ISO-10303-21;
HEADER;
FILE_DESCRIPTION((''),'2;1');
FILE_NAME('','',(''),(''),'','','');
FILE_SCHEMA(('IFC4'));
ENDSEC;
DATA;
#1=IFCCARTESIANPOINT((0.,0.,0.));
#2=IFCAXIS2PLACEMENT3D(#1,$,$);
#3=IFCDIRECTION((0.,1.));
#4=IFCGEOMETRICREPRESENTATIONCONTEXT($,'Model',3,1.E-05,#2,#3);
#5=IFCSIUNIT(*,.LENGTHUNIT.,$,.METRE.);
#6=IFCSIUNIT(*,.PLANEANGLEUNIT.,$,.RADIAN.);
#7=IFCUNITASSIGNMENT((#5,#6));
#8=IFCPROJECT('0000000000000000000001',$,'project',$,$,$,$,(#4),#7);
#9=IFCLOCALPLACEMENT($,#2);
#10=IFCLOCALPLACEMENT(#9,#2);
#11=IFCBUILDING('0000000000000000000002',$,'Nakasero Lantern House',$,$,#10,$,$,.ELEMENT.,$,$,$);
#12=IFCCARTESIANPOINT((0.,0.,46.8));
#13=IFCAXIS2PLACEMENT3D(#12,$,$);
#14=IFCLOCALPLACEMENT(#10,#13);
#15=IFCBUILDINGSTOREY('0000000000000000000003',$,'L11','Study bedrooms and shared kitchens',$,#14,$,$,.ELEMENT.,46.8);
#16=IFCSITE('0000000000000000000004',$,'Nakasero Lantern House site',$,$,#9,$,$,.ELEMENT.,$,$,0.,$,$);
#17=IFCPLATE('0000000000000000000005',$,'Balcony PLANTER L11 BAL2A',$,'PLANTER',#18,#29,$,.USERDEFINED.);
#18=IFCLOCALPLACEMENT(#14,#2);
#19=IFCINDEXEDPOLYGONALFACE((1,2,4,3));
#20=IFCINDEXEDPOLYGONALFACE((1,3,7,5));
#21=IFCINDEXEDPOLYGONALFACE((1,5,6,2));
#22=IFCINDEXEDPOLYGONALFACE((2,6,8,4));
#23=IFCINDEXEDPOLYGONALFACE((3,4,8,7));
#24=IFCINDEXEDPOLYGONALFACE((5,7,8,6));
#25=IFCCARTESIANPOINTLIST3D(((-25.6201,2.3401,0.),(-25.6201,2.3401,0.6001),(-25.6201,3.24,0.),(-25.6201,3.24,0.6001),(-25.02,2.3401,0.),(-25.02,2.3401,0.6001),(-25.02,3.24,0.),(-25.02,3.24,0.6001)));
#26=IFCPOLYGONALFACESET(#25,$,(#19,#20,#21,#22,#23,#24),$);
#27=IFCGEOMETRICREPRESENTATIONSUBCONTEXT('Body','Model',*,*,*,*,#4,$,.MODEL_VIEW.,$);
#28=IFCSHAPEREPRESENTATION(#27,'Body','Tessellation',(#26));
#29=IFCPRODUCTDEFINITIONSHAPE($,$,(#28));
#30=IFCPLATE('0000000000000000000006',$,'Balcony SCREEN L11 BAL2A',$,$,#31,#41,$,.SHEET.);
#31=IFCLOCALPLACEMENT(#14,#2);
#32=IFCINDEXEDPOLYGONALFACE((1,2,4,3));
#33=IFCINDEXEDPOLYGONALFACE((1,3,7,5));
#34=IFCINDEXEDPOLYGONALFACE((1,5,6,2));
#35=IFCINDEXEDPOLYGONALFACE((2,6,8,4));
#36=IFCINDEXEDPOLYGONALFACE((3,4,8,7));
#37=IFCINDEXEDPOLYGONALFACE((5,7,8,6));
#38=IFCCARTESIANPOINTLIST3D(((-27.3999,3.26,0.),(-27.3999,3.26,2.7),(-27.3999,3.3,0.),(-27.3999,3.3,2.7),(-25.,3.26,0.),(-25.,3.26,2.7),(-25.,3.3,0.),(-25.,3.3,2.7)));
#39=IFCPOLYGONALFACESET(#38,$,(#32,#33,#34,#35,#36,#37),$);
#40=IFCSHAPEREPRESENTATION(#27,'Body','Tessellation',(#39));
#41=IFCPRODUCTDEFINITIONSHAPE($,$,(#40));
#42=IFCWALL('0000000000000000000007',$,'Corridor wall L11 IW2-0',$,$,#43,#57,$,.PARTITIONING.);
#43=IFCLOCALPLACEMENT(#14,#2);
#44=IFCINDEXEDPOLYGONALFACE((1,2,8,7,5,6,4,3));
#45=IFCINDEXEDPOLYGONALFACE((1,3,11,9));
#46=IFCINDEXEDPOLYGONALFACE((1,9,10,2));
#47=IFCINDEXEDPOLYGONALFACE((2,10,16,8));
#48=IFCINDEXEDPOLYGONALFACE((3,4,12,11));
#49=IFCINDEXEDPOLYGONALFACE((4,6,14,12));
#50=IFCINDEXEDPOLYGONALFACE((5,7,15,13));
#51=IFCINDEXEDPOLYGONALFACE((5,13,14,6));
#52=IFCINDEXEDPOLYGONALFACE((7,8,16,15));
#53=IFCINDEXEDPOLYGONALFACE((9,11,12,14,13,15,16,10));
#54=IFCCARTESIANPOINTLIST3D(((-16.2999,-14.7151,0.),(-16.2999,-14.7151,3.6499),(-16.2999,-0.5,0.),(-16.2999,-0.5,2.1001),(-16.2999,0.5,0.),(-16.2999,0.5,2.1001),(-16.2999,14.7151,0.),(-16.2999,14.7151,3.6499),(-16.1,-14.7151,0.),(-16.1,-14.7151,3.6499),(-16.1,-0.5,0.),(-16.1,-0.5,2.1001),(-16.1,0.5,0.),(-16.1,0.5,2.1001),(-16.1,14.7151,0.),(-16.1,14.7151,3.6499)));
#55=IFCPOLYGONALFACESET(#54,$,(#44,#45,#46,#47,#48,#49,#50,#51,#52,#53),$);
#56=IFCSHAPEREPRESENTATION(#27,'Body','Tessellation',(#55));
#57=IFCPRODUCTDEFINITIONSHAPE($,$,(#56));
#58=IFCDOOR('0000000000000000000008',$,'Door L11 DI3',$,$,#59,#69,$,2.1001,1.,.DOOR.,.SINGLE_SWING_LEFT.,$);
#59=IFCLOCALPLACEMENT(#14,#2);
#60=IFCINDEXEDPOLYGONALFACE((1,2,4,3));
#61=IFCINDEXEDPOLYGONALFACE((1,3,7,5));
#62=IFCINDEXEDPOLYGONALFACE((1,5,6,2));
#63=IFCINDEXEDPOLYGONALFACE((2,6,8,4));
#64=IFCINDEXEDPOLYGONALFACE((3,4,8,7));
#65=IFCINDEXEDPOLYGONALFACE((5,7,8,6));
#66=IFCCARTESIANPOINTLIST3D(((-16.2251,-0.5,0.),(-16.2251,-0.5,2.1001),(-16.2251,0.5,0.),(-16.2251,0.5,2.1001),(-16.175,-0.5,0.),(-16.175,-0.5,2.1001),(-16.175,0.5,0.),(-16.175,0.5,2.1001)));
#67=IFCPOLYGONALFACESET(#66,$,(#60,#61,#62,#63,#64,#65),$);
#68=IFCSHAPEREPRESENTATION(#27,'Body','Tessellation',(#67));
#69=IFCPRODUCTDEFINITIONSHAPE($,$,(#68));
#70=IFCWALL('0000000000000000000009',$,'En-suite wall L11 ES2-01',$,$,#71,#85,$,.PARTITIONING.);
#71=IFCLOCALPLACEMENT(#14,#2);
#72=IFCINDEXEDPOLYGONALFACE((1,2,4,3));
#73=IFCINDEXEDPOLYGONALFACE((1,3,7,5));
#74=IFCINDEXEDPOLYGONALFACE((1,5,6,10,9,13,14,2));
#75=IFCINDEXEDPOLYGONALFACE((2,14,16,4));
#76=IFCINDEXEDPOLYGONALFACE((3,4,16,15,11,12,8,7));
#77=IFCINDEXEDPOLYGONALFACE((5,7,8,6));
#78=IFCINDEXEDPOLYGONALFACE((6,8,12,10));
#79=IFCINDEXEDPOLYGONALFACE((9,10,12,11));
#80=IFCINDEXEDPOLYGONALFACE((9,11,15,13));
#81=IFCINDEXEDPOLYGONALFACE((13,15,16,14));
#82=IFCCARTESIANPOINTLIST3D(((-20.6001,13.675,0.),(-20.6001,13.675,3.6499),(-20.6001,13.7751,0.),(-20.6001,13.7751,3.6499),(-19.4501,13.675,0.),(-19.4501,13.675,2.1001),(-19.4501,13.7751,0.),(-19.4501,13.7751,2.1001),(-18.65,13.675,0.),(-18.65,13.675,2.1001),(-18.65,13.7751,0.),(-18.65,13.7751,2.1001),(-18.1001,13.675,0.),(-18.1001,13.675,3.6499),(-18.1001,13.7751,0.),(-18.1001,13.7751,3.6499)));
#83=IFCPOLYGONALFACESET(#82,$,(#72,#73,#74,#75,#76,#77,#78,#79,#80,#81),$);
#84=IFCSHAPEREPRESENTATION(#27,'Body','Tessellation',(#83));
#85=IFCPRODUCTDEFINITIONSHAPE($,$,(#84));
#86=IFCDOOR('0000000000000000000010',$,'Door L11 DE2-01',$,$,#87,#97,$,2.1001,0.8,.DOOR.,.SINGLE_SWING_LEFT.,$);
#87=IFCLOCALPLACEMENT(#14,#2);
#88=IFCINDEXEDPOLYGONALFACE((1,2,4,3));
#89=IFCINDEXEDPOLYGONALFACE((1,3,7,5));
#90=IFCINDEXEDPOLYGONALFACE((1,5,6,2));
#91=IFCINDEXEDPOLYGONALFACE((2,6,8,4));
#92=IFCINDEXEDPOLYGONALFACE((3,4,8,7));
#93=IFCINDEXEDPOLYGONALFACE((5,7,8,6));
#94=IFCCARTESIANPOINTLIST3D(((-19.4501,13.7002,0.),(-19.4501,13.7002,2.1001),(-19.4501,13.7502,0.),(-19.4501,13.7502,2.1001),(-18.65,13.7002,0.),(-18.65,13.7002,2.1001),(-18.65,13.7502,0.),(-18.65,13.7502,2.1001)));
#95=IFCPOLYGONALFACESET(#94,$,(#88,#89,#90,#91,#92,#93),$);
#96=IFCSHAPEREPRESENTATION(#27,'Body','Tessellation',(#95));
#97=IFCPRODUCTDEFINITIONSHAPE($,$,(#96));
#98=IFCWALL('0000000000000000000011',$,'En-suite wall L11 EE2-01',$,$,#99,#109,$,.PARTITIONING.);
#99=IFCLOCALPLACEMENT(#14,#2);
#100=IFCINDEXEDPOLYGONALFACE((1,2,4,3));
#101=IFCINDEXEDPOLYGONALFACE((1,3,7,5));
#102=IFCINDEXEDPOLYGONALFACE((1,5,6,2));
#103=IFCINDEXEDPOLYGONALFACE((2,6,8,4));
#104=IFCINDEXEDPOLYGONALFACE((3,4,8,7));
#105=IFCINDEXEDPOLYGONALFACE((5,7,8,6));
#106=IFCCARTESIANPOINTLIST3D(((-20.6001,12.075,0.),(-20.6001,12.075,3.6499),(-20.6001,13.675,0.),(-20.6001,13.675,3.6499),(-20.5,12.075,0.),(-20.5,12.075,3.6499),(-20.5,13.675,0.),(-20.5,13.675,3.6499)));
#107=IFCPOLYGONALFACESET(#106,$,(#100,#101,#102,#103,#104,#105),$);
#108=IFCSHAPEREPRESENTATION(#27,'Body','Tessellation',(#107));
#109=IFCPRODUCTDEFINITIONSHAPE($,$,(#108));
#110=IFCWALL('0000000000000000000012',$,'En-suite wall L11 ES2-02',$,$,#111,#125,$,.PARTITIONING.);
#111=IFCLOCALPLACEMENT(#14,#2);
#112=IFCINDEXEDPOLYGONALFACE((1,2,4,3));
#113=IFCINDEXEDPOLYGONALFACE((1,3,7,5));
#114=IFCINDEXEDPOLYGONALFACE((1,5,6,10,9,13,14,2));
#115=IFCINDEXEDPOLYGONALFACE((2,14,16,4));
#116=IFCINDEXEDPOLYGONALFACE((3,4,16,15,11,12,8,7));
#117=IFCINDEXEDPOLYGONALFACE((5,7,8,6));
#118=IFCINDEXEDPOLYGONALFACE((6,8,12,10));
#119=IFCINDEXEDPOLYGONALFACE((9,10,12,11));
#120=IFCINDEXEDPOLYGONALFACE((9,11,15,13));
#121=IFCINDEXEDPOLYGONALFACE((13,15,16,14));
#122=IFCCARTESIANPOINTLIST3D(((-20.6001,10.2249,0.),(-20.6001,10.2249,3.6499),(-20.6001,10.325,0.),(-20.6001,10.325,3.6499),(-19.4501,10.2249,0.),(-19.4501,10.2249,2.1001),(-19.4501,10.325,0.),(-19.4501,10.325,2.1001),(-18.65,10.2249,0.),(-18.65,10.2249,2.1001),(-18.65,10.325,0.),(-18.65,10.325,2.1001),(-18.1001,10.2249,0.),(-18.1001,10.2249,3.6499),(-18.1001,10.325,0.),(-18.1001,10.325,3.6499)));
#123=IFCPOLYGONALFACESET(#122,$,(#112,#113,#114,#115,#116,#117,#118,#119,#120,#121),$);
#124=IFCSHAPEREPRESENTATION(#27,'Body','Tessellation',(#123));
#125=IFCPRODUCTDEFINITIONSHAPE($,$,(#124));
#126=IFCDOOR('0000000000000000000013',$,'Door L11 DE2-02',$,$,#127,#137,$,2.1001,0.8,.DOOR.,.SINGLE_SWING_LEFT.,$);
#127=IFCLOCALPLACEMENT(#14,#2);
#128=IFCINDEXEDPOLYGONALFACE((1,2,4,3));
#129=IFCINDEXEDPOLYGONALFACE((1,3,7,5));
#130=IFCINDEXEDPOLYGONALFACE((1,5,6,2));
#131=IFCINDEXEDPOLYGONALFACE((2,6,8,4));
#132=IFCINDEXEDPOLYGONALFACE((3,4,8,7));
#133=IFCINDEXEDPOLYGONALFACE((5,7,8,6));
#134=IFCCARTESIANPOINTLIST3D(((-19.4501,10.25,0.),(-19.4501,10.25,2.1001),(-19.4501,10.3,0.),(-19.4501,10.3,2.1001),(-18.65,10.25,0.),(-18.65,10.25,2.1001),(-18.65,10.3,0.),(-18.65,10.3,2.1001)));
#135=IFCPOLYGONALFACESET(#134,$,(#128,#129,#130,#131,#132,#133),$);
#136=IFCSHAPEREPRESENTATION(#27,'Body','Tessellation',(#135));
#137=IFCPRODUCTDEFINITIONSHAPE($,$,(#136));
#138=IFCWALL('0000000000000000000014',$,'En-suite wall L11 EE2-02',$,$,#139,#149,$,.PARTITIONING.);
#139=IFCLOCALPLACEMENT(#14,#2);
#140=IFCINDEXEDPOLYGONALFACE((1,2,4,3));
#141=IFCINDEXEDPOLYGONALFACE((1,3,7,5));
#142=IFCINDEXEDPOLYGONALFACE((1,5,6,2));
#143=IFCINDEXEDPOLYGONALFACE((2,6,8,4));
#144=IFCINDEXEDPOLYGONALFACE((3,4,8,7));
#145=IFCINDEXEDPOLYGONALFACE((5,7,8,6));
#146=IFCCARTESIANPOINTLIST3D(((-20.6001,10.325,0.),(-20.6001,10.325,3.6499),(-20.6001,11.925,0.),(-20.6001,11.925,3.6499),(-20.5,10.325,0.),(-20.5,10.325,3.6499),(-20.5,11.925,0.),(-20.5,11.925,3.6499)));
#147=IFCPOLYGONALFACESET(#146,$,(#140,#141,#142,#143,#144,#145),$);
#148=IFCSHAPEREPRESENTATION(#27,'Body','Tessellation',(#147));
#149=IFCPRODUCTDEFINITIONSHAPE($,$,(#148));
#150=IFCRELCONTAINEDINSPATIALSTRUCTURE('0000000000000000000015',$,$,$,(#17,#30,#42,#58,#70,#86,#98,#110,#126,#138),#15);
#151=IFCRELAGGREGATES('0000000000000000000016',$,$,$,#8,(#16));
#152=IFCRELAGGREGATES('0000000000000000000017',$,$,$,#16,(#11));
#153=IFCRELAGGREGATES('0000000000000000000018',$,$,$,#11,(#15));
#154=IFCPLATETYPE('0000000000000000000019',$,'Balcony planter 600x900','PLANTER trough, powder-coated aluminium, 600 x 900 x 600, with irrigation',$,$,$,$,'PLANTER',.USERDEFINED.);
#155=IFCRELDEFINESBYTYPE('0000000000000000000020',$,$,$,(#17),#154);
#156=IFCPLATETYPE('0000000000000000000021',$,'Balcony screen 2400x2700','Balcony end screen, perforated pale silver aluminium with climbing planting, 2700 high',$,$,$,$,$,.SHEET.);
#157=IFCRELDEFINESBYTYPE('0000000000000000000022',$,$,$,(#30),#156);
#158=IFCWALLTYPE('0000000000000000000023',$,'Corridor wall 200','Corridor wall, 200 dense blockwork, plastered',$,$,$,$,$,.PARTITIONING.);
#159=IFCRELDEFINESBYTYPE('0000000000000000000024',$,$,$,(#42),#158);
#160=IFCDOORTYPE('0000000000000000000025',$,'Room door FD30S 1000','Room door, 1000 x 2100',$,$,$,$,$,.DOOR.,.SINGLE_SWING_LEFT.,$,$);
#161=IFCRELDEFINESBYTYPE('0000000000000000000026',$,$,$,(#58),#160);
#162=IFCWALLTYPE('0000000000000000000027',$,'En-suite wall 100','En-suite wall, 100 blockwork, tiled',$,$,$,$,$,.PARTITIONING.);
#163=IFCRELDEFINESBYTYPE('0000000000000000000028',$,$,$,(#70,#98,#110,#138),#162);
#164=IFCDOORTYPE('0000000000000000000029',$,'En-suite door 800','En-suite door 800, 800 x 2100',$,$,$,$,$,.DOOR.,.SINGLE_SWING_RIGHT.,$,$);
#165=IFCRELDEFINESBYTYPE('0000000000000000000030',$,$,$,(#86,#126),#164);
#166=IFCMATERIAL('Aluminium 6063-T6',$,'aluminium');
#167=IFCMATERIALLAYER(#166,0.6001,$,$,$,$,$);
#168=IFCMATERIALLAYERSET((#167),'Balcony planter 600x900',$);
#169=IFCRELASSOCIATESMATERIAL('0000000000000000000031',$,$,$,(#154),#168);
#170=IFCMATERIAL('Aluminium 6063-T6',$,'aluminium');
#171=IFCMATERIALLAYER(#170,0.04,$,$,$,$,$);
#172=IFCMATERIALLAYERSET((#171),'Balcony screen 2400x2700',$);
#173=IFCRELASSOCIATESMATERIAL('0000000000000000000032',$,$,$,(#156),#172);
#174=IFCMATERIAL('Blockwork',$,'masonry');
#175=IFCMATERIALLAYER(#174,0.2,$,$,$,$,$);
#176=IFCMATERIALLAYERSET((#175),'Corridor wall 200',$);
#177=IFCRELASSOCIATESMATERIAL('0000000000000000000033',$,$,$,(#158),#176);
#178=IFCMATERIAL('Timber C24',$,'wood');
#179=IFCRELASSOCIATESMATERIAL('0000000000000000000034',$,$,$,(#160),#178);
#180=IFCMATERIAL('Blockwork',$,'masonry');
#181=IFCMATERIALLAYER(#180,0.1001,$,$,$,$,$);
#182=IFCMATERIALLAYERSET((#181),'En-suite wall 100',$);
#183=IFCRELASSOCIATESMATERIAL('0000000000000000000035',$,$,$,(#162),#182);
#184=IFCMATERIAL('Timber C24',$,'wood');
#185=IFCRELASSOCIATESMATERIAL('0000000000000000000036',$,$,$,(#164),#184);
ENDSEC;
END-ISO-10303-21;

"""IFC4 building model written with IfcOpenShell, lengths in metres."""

from ifc_helpers import new_model, si_unit, direction, frame, frame_2d, origin, origin_2d, place, context, subcontext, project, spatial, rectangle, extrude, material, layer, layer_set, type_object, element, fill, save


model = new_model("IFC4")

# Units and contexts
model_context = context("Model", 3, precision=1e-05, world=origin(), true_north=direction((0.0, 1.0)))
body_context = subcontext(model_context, "Body", "Model", "MODEL_VIEW")
ifc_project = project(units=[si_unit("LENGTHUNIT", "METRE"), si_unit("PLANEANGLEUNIT", "RADIAN")], contexts=[model_context])

# Site, building, storey
site_placement = place(None, origin())
site = spatial("IfcSite", under=ifc_project, at=site_placement, Name="Nakasero Lantern House site", CompositionType="ELEMENT", RefElevation=0.0)
building_placement = place(site_placement, origin())
building = spatial("IfcBuilding", under=site, at=building_placement, Name="Nakasero Lantern House", CompositionType="ELEMENT")
storey_placement = place(building_placement, frame((0.0, 0.0, 46.8)))
storey = spatial("IfcBuildingStorey", under=building, at=storey_placement, Name="L11", Description="Study bedrooms and shared kitchens", CompositionType="ELEMENT", Elevation=46.8)

# Plates
ifc_material_1 = material(Name="Aluminium 6063-T6", Category="aluminium")
ifc_layer_1 = layer(ifc_material_1, 0.6001)
ifc_layer_set_1 = layer_set([ifc_layer_1], Name="Balcony planter 600x900")
plate_type_1 = type_object("IfcPlateType", Name="Balcony planter 600x900", Description="PLANTER trough, powder-coated aluminium, 600 x 900 x 600, with irrigation", ElementType="PLANTER", PredefinedType="USERDEFINED", material=ifc_layer_set_1)
plate_1_placement = place(storey_placement, frame((-25.3201, 2.79, 0.0), z_axis=(0.0, 0.0, 1.0), x_axis=(-1.0, 0.0, 0.0)))
element("IfcPlate", 1, at=plate_1_placement, inside=storey, type_object=plate_type_1, Name="Balcony PLANTER L11 BAL2A", ObjectType="PLANTER", PredefinedType="USERDEFINED", context=body_context, shape_type="SweptSolid", body=[
    extrude(rectangle(XDim=0.6001, YDim=0.8999, at=origin_2d()), origin(), (0.0, 0.0, 1.0), 0.6001),
])
ifc_material_2 = material(Name="Aluminium 6063-T6", Category="aluminium")
ifc_layer_2 = layer(ifc_material_2, 0.04)
ifc_layer_set_2 = layer_set([ifc_layer_2], Name="Balcony screen 2400x2700")
plate_type_2 = type_object("IfcPlateType", Name="Balcony screen 2400x2700", Description="Balcony end screen, perforated pale silver aluminium with climbing planting, 2700 high", PredefinedType="SHEET", material=ifc_layer_set_2)
plate_2_placement = place(storey_placement, frame((-26.2, 3.28, 0.0), z_axis=(0.0, 0.0, 1.0), x_axis=(-1.0, 0.0, 0.0)))
element("IfcPlate", 2, at=plate_2_placement, inside=storey, type_object=plate_type_2, Name="Balcony SCREEN L11 BAL2A", PredefinedType="SHEET", context=body_context, shape_type="SweptSolid", body=[
    extrude(rectangle(XDim=2.3999, YDim=0.04, at=origin_2d()), origin(), (0.0, 0.0, 1.0), 2.7),
])

# Walls, openings, doors
ifc_material_3 = material(Name="Blockwork", Category="masonry")
ifc_layer_3 = layer(ifc_material_3, 0.2)
ifc_layer_set_3 = layer_set([ifc_layer_3], Name="Corridor wall 200")
wall_type_1 = type_object("IfcWallType", Name="Corridor wall 200", Description="Corridor wall, 200 dense blockwork, plastered", PredefinedType="PARTITIONING", material=ifc_layer_set_3)
wall_1_placement = place(storey_placement, frame((-16.2, 14.7151, 0.0), z_axis=(0.0, 0.0, 1.0), x_axis=(0.0, -1.0, 0.0)))
wall_1 = element("IfcWall", 3, at=wall_1_placement, inside=storey, type_object=wall_type_1, Name="Corridor wall L11 IW2-0", PredefinedType="PARTITIONING", context=body_context, shape_type="SweptSolid", body=[
    extrude(rectangle(XDim=29.4302, YDim=0.2, at=frame_2d((14.7151, 0.0))), origin(), (0.0, 0.0, 1.0), 3.6499),
])
opening_1_placement = place(wall_1_placement, frame((14.2151, 0.0, 0.0)))
opening_1 = element("IfcOpeningElement", 4, at=opening_1_placement, cuts=wall_1, PredefinedType="OPENING", context=body_context, shape_type="SweptSolid", body=[
    extrude(rectangle(XDim=1.0, YDim=2.1001, at=frame_2d((0.5, 1.05))), frame((0.0, 0.1199, 0.0), z_axis=(0.0, -1.0, 0.0), x_axis=(1.0, 0.0, 0.0)), (0.0, 0.0, 1.0), 0.24),
])
ifc_material_4 = material(Name="Timber C24", Category="wood")
door_type_1 = type_object("IfcDoorType", Name="Room door FD30S 1000", Description="Room door, 1000 x 2100", OperationType="SINGLE_SWING_LEFT", PredefinedType="DOOR", material=ifc_material_4)
door_1_placement = place(opening_1_placement, origin())
door_1 = element("IfcDoor", 5, at=door_1_placement, inside=storey, type_object=door_type_1, Name="Door L11 DI3", OperationType="SINGLE_SWING_LEFT", OverallHeight=2.1001, OverallWidth=1.0, PredefinedType="DOOR", context=body_context, shape_type="SweptSolid", body=[
    extrude(rectangle(XDim=1.0, YDim=2.1001, at=frame_2d((0.5, 1.05))), frame((0.0, 0.0249, 0.0), z_axis=(0.0, -1.0, 0.0), x_axis=(1.0, 0.0, 0.0)), (0.0, 0.0, 1.0), 0.05),
])
fill(opening_1, door_1)
ifc_material_5 = material(Name="Blockwork", Category="masonry")
ifc_layer_4 = layer(ifc_material_5, 0.1001)
ifc_layer_set_4 = layer_set([ifc_layer_4], Name="En-suite wall 100")
wall_type_2 = type_object("IfcWallType", Name="En-suite wall 100", Description="En-suite wall, 100 blockwork, tiled", PredefinedType="PARTITIONING", material=ifc_layer_set_4)
wall_2_placement = place(storey_placement, frame((-18.1001, 13.7251, 0.0), z_axis=(0.0, 0.0, 1.0), x_axis=(-1.0, 0.0, 0.0)))
wall_2 = element("IfcWall", 6, at=wall_2_placement, inside=storey, type_object=wall_type_2, Name="En-suite wall L11 ES2-01", PredefinedType="PARTITIONING", context=body_context, shape_type="SweptSolid", body=[
    extrude(rectangle(XDim=2.5, YDim=0.1001, at=frame_2d((1.25, 0.0))), origin(), (0.0, 0.0, 1.0), 3.6499),
])
opening_2_placement = place(wall_2_placement, frame((0.55, 0.0, 0.0)))
opening_2 = element("IfcOpeningElement", 7, at=opening_2_placement, cuts=wall_2, PredefinedType="OPENING", context=body_context, shape_type="SweptSolid", body=[
    extrude(rectangle(XDim=0.8, YDim=2.1001, at=frame_2d((0.3999, 1.05))), frame((0.0, 0.0701, 0.0), z_axis=(0.0, -1.0, 0.0), x_axis=(1.0, 0.0, 0.0)), (0.0, 0.0, 1.0), 0.1401),
])
ifc_material_6 = material(Name="Timber C24", Category="wood")
door_type_2 = type_object("IfcDoorType", Name="En-suite door 800", Description="En-suite door 800, 800 x 2100", OperationType="SINGLE_SWING_RIGHT", PredefinedType="DOOR", material=ifc_material_6)
door_2_placement = place(opening_2_placement, origin())
door_2 = element("IfcDoor", 8, at=door_2_placement, inside=storey, type_object=door_type_2, Name="Door L11 DE2-01", OperationType="SINGLE_SWING_LEFT", OverallHeight=2.1001, OverallWidth=0.8, PredefinedType="DOOR", context=body_context, shape_type="SweptSolid", body=[
    extrude(rectangle(XDim=0.8, YDim=2.1001, at=frame_2d((0.3999, 1.05))), frame((0.0, 0.0249, 0.0), z_axis=(0.0, -1.0, 0.0), x_axis=(1.0, 0.0, 0.0)), (0.0, 0.0, 1.0), 0.05),
])
fill(opening_2, door_2)

# Wall
wall_3_placement = place(storey_placement, frame((-20.55, 13.675, 0.0), z_axis=(0.0, 0.0, 1.0), x_axis=(0.0, -1.0, 0.0)))
element("IfcWall", 9, at=wall_3_placement, inside=storey, type_object=wall_type_2, Name="En-suite wall L11 EE2-01", PredefinedType="PARTITIONING", context=body_context, shape_type="SweptSolid", body=[
    extrude(rectangle(XDim=1.6001, YDim=0.1001, at=frame_2d((0.8, 0.0))), origin(), (0.0, 0.0, 1.0), 3.6499),
])

# Wall, opening, door
wall_4_placement = place(storey_placement, frame((-18.1001, 10.2749, 0.0), z_axis=(0.0, 0.0, 1.0), x_axis=(-1.0, 0.0, 0.0)))
wall_4 = element("IfcWall", 10, at=wall_4_placement, inside=storey, type_object=wall_type_2, Name="En-suite wall L11 ES2-02", PredefinedType="PARTITIONING", context=body_context, shape_type="SweptSolid", body=[
    extrude(rectangle(XDim=2.5, YDim=0.1001, at=frame_2d((1.25, 0.0))), origin(), (0.0, 0.0, 1.0), 3.6499),
])
opening_3_placement = place(wall_4_placement, frame((0.55, 0.0, 0.0)))
opening_3 = element("IfcOpeningElement", 11, at=opening_3_placement, cuts=wall_4, PredefinedType="OPENING", context=body_context, shape_type="SweptSolid", body=[
    extrude(rectangle(XDim=0.8, YDim=2.1001, at=frame_2d((0.3999, 1.05))), frame((0.0, 0.0701, 0.0), z_axis=(0.0, -1.0, 0.0), x_axis=(1.0, 0.0, 0.0)), (0.0, 0.0, 1.0), 0.1401),
])
door_3_placement = place(opening_3_placement, origin())
door_3 = element("IfcDoor", 12, at=door_3_placement, inside=storey, type_object=door_type_2, Name="Door L11 DE2-02", OperationType="SINGLE_SWING_LEFT", OverallHeight=2.1001, OverallWidth=0.8, PredefinedType="DOOR", context=body_context, shape_type="SweptSolid", body=[
    extrude(rectangle(XDim=0.8, YDim=2.1001, at=frame_2d((0.3999, 1.05))), frame((0.0, 0.0249, 0.0), z_axis=(0.0, -1.0, 0.0), x_axis=(1.0, 0.0, 0.0)), (0.0, 0.0, 1.0), 0.05),
])
fill(opening_3, door_3)

# Wall
wall_5_placement = place(storey_placement, frame((-20.55, 11.925, 0.0), z_axis=(0.0, 0.0, 1.0), x_axis=(0.0, -1.0, 0.0)))
element("IfcWall", 13, at=wall_5_placement, inside=storey, type_object=wall_type_2, Name="En-suite wall L11 EE2-02", PredefinedType="PARTITIONING", context=body_context, shape_type="SweptSolid", body=[
    extrude(rectangle(XDim=1.6001, YDim=0.1001, at=frame_2d((0.8, 0.0))), origin(), (0.0, 0.0, 1.0), 3.6499),
])

save(model, "model.ifc")
